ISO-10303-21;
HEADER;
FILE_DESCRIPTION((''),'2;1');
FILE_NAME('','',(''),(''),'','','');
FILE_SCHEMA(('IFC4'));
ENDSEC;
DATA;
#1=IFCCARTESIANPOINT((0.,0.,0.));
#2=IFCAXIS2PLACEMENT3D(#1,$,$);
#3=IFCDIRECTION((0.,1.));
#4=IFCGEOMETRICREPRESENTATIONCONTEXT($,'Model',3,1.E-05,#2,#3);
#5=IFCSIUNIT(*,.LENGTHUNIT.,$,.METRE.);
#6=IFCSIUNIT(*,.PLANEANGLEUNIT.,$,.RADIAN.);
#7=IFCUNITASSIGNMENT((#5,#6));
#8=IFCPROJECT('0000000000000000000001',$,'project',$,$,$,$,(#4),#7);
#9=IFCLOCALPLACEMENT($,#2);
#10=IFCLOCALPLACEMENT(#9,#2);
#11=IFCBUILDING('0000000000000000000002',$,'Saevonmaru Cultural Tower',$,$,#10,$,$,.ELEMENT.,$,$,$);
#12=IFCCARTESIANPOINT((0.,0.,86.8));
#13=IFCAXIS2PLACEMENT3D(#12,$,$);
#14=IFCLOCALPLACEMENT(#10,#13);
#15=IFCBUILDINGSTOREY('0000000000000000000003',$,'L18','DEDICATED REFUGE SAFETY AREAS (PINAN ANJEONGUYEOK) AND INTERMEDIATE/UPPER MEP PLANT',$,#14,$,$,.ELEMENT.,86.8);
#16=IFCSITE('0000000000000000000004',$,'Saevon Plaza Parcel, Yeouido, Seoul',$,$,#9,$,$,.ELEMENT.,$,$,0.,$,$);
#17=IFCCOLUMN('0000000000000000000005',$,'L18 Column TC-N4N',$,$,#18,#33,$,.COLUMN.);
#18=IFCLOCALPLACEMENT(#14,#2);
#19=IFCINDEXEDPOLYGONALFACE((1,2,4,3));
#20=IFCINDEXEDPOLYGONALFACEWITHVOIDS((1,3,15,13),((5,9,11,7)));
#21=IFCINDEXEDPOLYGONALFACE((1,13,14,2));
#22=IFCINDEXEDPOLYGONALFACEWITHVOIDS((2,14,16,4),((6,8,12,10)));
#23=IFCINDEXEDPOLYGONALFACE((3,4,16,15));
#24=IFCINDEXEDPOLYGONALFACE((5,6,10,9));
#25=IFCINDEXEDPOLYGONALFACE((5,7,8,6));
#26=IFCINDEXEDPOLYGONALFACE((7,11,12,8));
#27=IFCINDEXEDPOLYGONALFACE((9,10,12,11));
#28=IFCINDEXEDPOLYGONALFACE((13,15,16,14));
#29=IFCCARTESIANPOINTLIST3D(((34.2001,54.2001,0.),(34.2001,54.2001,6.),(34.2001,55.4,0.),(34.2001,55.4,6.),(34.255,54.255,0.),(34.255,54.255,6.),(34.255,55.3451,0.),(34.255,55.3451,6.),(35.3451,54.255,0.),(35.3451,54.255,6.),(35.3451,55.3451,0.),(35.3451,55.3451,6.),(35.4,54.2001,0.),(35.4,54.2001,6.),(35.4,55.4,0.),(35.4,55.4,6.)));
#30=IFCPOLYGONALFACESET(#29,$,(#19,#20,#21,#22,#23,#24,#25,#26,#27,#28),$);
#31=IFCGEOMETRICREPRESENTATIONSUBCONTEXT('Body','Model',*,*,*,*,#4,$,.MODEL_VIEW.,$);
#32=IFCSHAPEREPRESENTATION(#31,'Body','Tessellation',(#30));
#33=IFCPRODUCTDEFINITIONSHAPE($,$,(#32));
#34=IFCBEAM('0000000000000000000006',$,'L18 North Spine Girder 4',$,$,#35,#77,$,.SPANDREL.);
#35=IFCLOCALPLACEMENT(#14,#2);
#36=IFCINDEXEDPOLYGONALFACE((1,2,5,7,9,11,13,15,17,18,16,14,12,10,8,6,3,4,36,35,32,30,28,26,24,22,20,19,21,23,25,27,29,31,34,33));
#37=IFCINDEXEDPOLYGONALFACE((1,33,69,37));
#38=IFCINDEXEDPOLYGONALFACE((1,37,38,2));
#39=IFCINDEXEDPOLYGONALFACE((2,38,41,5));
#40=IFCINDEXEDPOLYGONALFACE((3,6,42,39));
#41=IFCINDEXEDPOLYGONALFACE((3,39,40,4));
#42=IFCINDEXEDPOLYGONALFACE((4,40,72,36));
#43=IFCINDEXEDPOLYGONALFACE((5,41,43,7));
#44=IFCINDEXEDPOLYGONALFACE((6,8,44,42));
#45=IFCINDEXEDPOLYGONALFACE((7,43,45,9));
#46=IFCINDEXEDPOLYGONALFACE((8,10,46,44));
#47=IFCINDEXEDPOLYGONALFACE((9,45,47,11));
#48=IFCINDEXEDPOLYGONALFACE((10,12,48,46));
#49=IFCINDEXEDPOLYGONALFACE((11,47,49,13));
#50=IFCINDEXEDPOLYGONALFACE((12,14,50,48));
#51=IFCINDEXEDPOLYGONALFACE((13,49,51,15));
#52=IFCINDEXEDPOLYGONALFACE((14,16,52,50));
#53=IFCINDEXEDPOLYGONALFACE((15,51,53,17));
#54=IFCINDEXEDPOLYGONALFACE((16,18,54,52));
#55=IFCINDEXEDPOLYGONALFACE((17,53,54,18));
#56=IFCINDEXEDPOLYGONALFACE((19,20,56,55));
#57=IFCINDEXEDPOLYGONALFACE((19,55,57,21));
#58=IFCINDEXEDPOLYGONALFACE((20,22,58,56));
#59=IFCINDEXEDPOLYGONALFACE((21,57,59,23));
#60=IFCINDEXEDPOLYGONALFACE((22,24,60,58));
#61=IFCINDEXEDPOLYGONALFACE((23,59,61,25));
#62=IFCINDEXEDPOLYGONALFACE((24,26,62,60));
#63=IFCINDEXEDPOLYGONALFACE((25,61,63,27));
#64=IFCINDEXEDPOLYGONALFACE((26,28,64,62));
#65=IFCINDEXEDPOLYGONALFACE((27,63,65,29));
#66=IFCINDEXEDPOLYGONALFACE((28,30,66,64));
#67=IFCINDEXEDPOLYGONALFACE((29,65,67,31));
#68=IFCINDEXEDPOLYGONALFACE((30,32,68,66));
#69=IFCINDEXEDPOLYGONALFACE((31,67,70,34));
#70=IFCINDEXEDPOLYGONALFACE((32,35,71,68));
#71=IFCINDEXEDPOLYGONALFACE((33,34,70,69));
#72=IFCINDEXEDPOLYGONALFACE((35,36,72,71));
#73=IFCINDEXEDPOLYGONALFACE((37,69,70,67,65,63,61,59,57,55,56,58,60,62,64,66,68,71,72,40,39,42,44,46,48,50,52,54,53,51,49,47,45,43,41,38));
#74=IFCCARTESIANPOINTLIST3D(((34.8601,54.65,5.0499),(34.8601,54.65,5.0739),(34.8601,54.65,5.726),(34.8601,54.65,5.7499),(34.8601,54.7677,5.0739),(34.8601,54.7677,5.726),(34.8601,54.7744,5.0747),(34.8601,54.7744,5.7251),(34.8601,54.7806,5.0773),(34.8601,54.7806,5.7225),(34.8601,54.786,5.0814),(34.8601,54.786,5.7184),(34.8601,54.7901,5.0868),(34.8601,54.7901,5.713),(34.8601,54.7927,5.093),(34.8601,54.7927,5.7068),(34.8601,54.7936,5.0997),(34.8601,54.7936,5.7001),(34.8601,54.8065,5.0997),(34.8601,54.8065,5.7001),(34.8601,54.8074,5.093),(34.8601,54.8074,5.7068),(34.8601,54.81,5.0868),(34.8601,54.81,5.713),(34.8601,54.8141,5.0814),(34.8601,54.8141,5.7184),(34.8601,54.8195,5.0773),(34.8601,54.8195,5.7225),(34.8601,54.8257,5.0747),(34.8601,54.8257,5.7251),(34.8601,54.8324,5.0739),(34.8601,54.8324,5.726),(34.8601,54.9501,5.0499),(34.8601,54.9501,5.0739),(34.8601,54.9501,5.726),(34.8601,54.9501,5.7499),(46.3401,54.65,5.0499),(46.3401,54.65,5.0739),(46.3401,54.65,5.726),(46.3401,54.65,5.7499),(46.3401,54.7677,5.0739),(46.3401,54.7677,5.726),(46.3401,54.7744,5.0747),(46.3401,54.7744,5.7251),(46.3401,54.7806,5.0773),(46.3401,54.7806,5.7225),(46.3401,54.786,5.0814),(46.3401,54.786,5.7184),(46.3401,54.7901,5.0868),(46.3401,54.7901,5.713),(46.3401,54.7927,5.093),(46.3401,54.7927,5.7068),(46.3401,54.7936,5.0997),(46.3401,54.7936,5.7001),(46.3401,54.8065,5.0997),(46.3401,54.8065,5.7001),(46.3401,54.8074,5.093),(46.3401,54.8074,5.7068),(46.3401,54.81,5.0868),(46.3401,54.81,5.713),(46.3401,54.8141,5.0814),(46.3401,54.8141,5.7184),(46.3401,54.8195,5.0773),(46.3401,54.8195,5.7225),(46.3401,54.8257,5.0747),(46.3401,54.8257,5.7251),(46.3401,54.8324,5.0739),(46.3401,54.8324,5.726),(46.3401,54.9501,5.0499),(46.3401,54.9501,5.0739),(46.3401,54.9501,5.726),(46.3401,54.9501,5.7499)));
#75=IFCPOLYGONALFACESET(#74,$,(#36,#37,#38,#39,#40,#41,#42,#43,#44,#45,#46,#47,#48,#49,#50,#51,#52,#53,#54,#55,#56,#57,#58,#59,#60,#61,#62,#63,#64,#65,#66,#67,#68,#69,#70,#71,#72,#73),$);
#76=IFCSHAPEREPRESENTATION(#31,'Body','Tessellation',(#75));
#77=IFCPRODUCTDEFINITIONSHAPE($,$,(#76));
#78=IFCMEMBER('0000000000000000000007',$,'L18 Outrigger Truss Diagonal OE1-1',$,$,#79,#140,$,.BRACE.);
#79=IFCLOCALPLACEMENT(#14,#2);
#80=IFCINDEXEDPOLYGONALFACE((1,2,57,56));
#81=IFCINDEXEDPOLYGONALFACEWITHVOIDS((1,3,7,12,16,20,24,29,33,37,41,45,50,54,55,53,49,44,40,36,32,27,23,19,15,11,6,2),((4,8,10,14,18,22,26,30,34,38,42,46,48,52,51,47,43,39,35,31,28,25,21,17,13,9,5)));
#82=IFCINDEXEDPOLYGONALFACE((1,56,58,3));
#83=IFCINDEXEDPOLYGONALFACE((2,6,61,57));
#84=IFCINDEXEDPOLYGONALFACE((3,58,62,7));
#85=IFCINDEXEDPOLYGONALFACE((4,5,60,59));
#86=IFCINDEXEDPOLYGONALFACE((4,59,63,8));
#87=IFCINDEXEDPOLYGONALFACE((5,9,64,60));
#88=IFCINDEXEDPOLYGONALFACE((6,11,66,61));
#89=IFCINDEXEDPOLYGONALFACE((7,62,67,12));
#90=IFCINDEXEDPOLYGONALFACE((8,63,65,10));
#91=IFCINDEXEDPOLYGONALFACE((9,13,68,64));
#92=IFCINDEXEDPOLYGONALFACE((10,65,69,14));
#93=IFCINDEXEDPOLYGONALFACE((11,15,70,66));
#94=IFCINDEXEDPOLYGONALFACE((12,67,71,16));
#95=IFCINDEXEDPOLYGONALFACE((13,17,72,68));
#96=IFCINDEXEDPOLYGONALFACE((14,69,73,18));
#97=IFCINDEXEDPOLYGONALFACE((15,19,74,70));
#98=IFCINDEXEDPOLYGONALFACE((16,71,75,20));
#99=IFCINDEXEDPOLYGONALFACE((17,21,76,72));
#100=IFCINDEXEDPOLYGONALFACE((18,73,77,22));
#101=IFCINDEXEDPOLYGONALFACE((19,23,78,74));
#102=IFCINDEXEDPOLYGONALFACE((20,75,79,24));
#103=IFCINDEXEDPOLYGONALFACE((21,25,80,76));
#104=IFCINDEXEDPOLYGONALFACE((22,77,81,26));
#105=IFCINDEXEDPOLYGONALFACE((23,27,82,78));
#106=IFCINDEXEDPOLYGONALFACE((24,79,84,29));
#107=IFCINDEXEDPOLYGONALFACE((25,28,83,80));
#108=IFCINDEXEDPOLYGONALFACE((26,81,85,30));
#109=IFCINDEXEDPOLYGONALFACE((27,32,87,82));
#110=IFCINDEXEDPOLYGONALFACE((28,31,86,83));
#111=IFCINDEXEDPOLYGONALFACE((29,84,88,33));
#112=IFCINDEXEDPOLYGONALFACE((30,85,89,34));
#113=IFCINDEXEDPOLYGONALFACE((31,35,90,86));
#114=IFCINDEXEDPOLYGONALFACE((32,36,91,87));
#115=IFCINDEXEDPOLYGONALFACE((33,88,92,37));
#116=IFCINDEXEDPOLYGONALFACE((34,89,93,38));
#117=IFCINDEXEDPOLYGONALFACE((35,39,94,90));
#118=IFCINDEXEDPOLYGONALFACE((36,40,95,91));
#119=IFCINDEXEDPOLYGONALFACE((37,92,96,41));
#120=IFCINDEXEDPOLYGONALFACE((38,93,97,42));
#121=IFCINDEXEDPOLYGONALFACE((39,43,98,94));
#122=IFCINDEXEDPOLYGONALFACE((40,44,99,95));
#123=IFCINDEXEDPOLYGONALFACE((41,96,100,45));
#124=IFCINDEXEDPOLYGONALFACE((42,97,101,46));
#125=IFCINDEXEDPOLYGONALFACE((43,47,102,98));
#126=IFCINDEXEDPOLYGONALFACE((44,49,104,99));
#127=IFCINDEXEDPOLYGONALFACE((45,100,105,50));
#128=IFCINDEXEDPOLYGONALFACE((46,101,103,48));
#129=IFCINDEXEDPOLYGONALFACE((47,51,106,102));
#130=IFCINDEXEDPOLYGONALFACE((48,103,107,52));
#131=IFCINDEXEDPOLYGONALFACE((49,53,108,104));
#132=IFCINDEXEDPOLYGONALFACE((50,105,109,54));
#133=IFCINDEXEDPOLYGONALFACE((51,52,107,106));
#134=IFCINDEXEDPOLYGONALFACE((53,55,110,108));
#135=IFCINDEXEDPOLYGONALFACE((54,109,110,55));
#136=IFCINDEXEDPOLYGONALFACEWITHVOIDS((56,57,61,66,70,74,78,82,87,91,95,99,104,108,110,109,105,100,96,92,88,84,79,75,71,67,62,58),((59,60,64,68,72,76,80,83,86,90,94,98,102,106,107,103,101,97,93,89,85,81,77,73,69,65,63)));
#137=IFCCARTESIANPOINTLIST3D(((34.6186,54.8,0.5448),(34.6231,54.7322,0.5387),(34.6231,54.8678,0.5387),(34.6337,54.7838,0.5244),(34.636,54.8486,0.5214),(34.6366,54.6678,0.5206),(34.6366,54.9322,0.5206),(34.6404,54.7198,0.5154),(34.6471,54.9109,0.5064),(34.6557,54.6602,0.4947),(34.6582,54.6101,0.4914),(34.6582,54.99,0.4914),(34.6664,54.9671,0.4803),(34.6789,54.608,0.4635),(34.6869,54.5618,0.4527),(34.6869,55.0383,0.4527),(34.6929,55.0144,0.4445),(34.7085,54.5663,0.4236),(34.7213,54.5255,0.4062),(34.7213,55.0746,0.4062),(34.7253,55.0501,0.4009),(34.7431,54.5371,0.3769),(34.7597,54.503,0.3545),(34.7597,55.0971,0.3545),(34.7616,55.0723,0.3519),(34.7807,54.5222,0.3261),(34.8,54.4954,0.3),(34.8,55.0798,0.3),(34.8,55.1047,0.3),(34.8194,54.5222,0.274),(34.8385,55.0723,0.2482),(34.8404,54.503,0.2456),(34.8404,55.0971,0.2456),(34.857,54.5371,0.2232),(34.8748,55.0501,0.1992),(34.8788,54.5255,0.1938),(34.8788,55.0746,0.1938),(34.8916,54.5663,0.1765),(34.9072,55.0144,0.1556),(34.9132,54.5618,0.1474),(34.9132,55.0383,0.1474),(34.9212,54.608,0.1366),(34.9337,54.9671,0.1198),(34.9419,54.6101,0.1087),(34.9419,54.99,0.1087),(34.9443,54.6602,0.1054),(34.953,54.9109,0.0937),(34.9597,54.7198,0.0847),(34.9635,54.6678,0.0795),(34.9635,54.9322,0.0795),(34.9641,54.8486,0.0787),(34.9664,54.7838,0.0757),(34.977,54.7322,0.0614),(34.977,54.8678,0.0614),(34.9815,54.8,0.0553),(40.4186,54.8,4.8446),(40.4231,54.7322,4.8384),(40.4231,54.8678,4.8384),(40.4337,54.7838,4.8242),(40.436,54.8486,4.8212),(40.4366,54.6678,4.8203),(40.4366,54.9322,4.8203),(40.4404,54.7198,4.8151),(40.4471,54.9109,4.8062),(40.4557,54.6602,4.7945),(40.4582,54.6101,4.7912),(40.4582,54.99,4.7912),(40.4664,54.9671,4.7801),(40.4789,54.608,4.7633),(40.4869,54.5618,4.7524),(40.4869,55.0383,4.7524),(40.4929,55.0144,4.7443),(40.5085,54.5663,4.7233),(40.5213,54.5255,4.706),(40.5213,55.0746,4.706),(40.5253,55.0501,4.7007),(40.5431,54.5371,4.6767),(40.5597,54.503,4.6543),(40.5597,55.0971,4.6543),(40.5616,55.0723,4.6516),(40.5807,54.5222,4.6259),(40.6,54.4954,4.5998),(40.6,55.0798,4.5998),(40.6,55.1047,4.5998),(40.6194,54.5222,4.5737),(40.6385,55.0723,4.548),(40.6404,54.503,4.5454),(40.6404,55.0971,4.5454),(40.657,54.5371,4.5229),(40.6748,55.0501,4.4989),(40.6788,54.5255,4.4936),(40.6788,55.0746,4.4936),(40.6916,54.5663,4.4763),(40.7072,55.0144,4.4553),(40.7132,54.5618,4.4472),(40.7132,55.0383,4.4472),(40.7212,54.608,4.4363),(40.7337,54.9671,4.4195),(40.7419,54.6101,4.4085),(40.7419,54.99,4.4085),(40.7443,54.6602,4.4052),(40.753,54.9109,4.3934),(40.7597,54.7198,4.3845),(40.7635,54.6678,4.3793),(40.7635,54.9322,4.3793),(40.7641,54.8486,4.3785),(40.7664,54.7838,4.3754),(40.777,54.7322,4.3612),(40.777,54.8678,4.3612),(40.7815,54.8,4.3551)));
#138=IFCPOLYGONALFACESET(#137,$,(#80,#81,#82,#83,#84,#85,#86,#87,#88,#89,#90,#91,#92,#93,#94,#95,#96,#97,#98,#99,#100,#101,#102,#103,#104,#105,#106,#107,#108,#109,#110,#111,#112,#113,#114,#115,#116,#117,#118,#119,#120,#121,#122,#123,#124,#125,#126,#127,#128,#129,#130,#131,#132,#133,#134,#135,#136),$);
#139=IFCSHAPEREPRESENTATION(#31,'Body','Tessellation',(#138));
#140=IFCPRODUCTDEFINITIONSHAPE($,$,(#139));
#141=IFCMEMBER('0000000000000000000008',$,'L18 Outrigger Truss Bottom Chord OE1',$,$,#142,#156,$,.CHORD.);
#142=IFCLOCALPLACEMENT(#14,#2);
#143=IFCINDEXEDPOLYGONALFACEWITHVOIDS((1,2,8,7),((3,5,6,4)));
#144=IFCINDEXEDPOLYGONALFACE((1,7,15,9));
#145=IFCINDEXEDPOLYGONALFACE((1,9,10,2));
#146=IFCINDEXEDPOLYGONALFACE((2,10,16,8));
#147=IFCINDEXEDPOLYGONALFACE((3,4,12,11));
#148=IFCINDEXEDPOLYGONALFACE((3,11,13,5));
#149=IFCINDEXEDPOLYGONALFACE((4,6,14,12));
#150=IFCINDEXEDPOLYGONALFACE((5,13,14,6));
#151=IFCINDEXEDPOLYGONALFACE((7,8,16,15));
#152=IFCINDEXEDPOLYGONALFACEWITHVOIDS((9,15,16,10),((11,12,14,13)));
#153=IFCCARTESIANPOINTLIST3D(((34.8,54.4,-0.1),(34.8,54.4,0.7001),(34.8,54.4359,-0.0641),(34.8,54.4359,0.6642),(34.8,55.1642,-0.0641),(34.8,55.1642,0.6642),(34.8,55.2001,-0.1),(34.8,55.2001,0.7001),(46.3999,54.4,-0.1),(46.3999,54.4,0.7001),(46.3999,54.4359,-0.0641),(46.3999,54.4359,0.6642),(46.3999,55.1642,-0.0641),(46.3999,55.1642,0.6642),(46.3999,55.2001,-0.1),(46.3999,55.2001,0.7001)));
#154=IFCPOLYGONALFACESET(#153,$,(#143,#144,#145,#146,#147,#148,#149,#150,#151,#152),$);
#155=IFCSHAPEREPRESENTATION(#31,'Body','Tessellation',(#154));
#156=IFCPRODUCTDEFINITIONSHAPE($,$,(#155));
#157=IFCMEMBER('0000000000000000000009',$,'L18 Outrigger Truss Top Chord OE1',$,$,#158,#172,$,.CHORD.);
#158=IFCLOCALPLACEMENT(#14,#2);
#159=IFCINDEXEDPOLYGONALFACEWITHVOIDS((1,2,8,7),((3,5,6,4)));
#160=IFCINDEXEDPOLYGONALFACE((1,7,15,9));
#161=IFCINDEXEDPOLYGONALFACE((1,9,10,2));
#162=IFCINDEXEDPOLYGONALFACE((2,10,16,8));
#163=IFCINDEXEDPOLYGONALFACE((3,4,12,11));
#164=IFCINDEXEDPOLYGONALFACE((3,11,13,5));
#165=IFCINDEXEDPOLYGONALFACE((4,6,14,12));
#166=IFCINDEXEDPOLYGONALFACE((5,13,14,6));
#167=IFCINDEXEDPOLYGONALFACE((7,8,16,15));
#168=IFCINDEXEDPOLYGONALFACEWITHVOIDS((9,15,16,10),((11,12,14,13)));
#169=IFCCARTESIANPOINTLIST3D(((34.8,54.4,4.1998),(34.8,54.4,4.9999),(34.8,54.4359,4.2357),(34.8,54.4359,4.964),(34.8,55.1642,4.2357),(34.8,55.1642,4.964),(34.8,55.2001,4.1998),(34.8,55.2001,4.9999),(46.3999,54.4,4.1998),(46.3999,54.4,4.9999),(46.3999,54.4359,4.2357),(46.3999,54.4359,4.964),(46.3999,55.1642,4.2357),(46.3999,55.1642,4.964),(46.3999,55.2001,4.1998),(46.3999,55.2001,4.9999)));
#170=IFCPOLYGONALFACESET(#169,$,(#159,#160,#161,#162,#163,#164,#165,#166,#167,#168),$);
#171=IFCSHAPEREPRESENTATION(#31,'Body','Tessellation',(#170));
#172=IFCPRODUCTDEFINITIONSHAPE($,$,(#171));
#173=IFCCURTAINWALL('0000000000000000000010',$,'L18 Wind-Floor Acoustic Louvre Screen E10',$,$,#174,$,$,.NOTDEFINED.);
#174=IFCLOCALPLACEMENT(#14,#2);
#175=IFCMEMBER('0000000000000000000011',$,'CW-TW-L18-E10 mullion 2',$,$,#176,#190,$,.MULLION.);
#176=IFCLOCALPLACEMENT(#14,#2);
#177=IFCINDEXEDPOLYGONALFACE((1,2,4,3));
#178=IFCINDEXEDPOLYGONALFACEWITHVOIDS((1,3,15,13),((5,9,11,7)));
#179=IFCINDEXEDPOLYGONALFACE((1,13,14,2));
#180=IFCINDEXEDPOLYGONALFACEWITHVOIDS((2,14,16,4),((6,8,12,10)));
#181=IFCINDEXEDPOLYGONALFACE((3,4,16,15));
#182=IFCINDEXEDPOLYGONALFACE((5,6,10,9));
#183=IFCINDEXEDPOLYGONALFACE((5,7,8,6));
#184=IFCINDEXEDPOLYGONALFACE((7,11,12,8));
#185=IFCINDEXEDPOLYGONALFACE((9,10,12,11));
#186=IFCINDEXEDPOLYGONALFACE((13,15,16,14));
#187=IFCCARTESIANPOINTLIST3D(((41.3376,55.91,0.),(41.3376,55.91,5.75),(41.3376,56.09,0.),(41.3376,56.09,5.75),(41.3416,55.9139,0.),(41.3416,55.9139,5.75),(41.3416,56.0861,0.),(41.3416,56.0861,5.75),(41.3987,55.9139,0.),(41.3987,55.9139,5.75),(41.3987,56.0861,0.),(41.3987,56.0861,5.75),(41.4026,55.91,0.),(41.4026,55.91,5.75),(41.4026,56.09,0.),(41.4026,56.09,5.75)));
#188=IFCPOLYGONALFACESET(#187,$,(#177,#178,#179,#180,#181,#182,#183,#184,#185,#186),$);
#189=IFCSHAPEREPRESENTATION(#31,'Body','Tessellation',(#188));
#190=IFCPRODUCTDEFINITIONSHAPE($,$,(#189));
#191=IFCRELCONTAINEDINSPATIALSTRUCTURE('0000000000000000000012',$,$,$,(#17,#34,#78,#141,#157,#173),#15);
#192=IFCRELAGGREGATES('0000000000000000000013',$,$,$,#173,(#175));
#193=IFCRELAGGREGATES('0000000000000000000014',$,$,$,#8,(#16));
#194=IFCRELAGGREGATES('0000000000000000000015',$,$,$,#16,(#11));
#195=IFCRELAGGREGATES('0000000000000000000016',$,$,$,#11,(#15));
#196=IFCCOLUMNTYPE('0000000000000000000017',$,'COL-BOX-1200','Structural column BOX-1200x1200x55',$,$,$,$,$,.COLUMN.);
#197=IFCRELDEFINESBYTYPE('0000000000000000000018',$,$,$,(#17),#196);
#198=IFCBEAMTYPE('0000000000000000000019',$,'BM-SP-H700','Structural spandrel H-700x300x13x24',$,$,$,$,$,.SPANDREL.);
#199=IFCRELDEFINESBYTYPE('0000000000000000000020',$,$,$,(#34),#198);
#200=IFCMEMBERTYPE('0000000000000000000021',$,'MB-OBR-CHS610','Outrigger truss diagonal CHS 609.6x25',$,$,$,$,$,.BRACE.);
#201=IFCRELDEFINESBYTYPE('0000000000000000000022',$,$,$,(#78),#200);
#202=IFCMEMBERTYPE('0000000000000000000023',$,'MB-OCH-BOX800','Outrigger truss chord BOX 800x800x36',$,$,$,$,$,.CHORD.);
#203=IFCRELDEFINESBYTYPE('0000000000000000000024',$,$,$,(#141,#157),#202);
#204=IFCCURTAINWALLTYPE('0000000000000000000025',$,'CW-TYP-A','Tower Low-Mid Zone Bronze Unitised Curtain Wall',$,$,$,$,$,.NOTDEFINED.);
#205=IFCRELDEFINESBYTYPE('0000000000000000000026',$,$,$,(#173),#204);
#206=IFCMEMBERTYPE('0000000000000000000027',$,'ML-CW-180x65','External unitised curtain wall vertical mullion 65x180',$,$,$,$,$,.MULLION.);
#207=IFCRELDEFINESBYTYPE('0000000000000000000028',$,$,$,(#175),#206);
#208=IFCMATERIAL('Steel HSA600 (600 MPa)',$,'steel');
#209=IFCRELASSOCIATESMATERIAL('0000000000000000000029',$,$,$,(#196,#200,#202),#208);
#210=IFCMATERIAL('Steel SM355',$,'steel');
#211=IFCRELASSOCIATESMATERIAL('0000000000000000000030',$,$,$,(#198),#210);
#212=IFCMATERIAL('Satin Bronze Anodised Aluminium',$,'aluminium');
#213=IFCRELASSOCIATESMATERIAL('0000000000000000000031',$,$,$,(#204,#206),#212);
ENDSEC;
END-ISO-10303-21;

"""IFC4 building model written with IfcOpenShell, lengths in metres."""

from ifc_helpers import new_model, si_unit, direction, frame, origin, origin_2d, place, context, subcontext, project, spatial, hollow_rectangle, hollow_circle, i_section, extrude, material, material_profile, profile_set, type_object, element, aggregate, save


model = new_model("IFC4")

# Units and contexts
model_context = context("Model", 3, precision=1e-05, world=origin(), true_north=direction((0.0, 1.0)))
body_context = subcontext(model_context, "Body", "Model", "MODEL_VIEW")
ifc_project = project(units=[si_unit("LENGTHUNIT", "METRE"), si_unit("PLANEANGLEUNIT", "RADIAN")], contexts=[model_context])

# Site, building, storey
site_placement = place(None, origin())
site = spatial("IfcSite", under=ifc_project, at=site_placement, Name="Saevon Plaza Parcel, Yeouido, Seoul", CompositionType="ELEMENT", RefElevation=0.0)
building_placement = place(site_placement, origin())
building = spatial("IfcBuilding", under=site, at=building_placement, Name="Saevonmaru Cultural Tower", CompositionType="ELEMENT")
storey_placement = place(building_placement, frame((0.0, 0.0, 86.8)))
storey = spatial("IfcBuildingStorey", under=building, at=storey_placement, Name="L18", Description="DEDICATED REFUGE SAFETY AREAS (PINAN ANJEONGUYEOK) AND INTERMEDIATE/UPPER MEP PLANT", CompositionType="ELEMENT", Elevation=86.8)

# Column
ifc_material_1 = material(Name="Steel HSA600 (600 MPa)", Category="steel")
ifc_material_profile_1 = material_profile(ifc_material_1, hollow_rectangle(XDim=1.2, YDim=1.2, WallThickness=0.0549, at=origin_2d()), Name="BOX-1200x1200x55")
ifc_profile_set_1 = profile_set([ifc_material_profile_1], Name="Steel HSA600 (600 MPa)")
column_type = type_object("IfcColumnType", Name="COL-BOX-1200", Description="Structural column BOX-1200x1200x55", PredefinedType="COLUMN", material=ifc_profile_set_1)
column_placement = place(storey_placement, frame((34.8, 54.8, 0.0), z_axis=(0.0, 0.0, 1.0), x_axis=(1.0, 0.0, 0.0)))
element("IfcColumn", 1, at=column_placement, inside=storey, type_object=column_type, Name="L18 Column TC-N4N", PredefinedType="COLUMN", context=body_context, shape_type="SweptSolid", body=[
    extrude(hollow_rectangle(XDim=1.2, YDim=1.2, WallThickness=0.0549, at=origin_2d()), origin(), (0.0, 0.0, 1.0), 6.0),
])

# Beam
ifc_material_2 = material(Name="Steel SM355", Category="steel")
ifc_material_profile_2 = material_profile(ifc_material_2, i_section(OverallWidth=0.3, OverallDepth=0.7, WebThickness=0.0129, FlangeThickness=0.0239, FilletRadius=0.0259, at=origin_2d()), Name="H-700x300x13x24")
ifc_profile_set_2 = profile_set([ifc_material_profile_2], Name="Steel SM355")
beam_type = type_object("IfcBeamType", Name="BM-SP-H700", Description="Structural spandrel H-700x300x13x24", PredefinedType="SPANDREL", material=ifc_profile_set_2)
beam_placement = place(storey_placement, frame((34.8601, 54.8, 5.3999), z_axis=(1.0, 0.0, 0.0), x_axis=(0.0, 1.0, 0.0)))
element("IfcBeam", 2, at=beam_placement, inside=storey, type_object=beam_type, Name="L18 North Spine Girder 4", PredefinedType="SPANDREL", context=body_context, shape_type="SweptSolid", body=[
    extrude(i_section(OverallWidth=0.3, OverallDepth=0.7, WebThickness=0.0129, FlangeThickness=0.0239, FilletRadius=0.0259, at=origin_2d()), origin(), (0.0, 0.0, 1.0), 11.48),
])

# Members
ifc_material_profile_3 = material_profile(ifc_material_1, hollow_circle(Radius=0.3047, WallThickness=0.0249, at=origin_2d()), Name="CHS-609.6x25")
ifc_profile_set_3 = profile_set([ifc_material_profile_3], Name="Steel HSA600 (600 MPa)")
member_type_1 = type_object("IfcMemberType", Name="MB-OBR-CHS610", Description="Outrigger truss diagonal CHS 609.6x25", PredefinedType="BRACE", material=ifc_profile_set_3)
member_1_placement = place(storey_placement, frame((34.8, 54.8, 0.3), z_axis=(0.803327, 0.0, 0.595538), x_axis=(0.0, 1.0, 0.0)))
element("IfcMember", 3, at=member_1_placement, inside=storey, type_object=member_type_1, Name="L18 Outrigger Truss Diagonal OE1-1", PredefinedType="BRACE", context=body_context, shape_type="SweptSolid", body=[
    extrude(hollow_circle(Radius=0.3047, WallThickness=0.0249, at=origin_2d()), origin(), (0.0, 0.0, 1.0), 7.22),
])
ifc_material_profile_4 = material_profile(ifc_material_1, hollow_rectangle(XDim=0.8, YDim=0.8, WallThickness=0.0359, at=origin_2d()), Name="BOX-800x800x36")
ifc_profile_set_4 = profile_set([ifc_material_profile_4], Name="Steel HSA600 (600 MPa)")
member_type_2 = type_object("IfcMemberType", Name="MB-OCH-BOX800", Description="Outrigger truss chord BOX 800x800x36", PredefinedType="CHORD", material=ifc_profile_set_4)
for number, where, z_axis, x_axis, name in (
    (4, (34.8, 54.8, 0.3), (1.0, 0.0, 0.0), (0.0, 1.0, 0.0), "L18 Outrigger Truss Bottom Chord OE1"),
    (5, (34.8, 54.8, 4.5999), (1.0, 0.0, 0.0), (0.0, 1.0, 0.0), "L18 Outrigger Truss Top Chord OE1"),
):
    element("IfcMember", number, at=place(storey_placement, frame(where, z_axis=z_axis, x_axis=x_axis)), inside=storey, type_object=member_type_2, Name=name, PredefinedType="CHORD", context=body_context, shape_type="SweptSolid", body=[
        extrude(hollow_rectangle(XDim=0.8, YDim=0.8, WallThickness=0.0359, at=origin_2d()), origin(), (0.0, 0.0, 1.0), 11.5999),
    ])

# Curtain wall, member
ifc_material_3 = material(Name="Satin Bronze Anodised Aluminium", Category="aluminium")
curtain_wall_type = type_object("IfcCurtainWallType", Name="CW-TYP-A", Description="Tower Low-Mid Zone Bronze Unitised Curtain Wall", PredefinedType="NOTDEFINED", material=ifc_material_3)
curtain_wall_placement = place(storey_placement, origin())
curtain_wall = element("IfcCurtainWall", 6, at=curtain_wall_placement, inside=storey, type_object=curtain_wall_type, Name="L18 Wind-Floor Acoustic Louvre Screen E10", PredefinedType="NOTDEFINED")
ifc_material_profile_5 = material_profile(ifc_material_3, hollow_rectangle(XDim=0.0649, YDim=0.1799, WallThickness=0.0039, at=origin_2d()), Name="ALU-MULL-180x65x4")
ifc_profile_set_5 = profile_set([ifc_material_profile_5], Name="Satin Bronze Anodised Aluminium")
member_type_3 = type_object("IfcMemberType", Name="ML-CW-180x65", Description="External unitised curtain wall vertical mullion 65x180", PredefinedType="MULLION", material=ifc_profile_set_5)
member_2_placement = place(storey_placement, frame((41.3701, 56.0, 0.0), z_axis=(0.0, 0.0, 1.0), x_axis=(-1.0, 0.0, 0.0)))
member_2 = element("IfcMember", 7, at=member_2_placement, type_object=member_type_3, Name="CW-TW-L18-E10 mullion 2", PredefinedType="MULLION", context=body_context, shape_type="SweptSolid", body=[
    extrude(hollow_rectangle(XDim=0.0649, YDim=0.1799, WallThickness=0.0039, at=origin_2d()), origin(), (0.0, 0.0, 1.0), 5.75),
])

aggregate(curtain_wall, [member_2])

save(model, "model.ifc")
